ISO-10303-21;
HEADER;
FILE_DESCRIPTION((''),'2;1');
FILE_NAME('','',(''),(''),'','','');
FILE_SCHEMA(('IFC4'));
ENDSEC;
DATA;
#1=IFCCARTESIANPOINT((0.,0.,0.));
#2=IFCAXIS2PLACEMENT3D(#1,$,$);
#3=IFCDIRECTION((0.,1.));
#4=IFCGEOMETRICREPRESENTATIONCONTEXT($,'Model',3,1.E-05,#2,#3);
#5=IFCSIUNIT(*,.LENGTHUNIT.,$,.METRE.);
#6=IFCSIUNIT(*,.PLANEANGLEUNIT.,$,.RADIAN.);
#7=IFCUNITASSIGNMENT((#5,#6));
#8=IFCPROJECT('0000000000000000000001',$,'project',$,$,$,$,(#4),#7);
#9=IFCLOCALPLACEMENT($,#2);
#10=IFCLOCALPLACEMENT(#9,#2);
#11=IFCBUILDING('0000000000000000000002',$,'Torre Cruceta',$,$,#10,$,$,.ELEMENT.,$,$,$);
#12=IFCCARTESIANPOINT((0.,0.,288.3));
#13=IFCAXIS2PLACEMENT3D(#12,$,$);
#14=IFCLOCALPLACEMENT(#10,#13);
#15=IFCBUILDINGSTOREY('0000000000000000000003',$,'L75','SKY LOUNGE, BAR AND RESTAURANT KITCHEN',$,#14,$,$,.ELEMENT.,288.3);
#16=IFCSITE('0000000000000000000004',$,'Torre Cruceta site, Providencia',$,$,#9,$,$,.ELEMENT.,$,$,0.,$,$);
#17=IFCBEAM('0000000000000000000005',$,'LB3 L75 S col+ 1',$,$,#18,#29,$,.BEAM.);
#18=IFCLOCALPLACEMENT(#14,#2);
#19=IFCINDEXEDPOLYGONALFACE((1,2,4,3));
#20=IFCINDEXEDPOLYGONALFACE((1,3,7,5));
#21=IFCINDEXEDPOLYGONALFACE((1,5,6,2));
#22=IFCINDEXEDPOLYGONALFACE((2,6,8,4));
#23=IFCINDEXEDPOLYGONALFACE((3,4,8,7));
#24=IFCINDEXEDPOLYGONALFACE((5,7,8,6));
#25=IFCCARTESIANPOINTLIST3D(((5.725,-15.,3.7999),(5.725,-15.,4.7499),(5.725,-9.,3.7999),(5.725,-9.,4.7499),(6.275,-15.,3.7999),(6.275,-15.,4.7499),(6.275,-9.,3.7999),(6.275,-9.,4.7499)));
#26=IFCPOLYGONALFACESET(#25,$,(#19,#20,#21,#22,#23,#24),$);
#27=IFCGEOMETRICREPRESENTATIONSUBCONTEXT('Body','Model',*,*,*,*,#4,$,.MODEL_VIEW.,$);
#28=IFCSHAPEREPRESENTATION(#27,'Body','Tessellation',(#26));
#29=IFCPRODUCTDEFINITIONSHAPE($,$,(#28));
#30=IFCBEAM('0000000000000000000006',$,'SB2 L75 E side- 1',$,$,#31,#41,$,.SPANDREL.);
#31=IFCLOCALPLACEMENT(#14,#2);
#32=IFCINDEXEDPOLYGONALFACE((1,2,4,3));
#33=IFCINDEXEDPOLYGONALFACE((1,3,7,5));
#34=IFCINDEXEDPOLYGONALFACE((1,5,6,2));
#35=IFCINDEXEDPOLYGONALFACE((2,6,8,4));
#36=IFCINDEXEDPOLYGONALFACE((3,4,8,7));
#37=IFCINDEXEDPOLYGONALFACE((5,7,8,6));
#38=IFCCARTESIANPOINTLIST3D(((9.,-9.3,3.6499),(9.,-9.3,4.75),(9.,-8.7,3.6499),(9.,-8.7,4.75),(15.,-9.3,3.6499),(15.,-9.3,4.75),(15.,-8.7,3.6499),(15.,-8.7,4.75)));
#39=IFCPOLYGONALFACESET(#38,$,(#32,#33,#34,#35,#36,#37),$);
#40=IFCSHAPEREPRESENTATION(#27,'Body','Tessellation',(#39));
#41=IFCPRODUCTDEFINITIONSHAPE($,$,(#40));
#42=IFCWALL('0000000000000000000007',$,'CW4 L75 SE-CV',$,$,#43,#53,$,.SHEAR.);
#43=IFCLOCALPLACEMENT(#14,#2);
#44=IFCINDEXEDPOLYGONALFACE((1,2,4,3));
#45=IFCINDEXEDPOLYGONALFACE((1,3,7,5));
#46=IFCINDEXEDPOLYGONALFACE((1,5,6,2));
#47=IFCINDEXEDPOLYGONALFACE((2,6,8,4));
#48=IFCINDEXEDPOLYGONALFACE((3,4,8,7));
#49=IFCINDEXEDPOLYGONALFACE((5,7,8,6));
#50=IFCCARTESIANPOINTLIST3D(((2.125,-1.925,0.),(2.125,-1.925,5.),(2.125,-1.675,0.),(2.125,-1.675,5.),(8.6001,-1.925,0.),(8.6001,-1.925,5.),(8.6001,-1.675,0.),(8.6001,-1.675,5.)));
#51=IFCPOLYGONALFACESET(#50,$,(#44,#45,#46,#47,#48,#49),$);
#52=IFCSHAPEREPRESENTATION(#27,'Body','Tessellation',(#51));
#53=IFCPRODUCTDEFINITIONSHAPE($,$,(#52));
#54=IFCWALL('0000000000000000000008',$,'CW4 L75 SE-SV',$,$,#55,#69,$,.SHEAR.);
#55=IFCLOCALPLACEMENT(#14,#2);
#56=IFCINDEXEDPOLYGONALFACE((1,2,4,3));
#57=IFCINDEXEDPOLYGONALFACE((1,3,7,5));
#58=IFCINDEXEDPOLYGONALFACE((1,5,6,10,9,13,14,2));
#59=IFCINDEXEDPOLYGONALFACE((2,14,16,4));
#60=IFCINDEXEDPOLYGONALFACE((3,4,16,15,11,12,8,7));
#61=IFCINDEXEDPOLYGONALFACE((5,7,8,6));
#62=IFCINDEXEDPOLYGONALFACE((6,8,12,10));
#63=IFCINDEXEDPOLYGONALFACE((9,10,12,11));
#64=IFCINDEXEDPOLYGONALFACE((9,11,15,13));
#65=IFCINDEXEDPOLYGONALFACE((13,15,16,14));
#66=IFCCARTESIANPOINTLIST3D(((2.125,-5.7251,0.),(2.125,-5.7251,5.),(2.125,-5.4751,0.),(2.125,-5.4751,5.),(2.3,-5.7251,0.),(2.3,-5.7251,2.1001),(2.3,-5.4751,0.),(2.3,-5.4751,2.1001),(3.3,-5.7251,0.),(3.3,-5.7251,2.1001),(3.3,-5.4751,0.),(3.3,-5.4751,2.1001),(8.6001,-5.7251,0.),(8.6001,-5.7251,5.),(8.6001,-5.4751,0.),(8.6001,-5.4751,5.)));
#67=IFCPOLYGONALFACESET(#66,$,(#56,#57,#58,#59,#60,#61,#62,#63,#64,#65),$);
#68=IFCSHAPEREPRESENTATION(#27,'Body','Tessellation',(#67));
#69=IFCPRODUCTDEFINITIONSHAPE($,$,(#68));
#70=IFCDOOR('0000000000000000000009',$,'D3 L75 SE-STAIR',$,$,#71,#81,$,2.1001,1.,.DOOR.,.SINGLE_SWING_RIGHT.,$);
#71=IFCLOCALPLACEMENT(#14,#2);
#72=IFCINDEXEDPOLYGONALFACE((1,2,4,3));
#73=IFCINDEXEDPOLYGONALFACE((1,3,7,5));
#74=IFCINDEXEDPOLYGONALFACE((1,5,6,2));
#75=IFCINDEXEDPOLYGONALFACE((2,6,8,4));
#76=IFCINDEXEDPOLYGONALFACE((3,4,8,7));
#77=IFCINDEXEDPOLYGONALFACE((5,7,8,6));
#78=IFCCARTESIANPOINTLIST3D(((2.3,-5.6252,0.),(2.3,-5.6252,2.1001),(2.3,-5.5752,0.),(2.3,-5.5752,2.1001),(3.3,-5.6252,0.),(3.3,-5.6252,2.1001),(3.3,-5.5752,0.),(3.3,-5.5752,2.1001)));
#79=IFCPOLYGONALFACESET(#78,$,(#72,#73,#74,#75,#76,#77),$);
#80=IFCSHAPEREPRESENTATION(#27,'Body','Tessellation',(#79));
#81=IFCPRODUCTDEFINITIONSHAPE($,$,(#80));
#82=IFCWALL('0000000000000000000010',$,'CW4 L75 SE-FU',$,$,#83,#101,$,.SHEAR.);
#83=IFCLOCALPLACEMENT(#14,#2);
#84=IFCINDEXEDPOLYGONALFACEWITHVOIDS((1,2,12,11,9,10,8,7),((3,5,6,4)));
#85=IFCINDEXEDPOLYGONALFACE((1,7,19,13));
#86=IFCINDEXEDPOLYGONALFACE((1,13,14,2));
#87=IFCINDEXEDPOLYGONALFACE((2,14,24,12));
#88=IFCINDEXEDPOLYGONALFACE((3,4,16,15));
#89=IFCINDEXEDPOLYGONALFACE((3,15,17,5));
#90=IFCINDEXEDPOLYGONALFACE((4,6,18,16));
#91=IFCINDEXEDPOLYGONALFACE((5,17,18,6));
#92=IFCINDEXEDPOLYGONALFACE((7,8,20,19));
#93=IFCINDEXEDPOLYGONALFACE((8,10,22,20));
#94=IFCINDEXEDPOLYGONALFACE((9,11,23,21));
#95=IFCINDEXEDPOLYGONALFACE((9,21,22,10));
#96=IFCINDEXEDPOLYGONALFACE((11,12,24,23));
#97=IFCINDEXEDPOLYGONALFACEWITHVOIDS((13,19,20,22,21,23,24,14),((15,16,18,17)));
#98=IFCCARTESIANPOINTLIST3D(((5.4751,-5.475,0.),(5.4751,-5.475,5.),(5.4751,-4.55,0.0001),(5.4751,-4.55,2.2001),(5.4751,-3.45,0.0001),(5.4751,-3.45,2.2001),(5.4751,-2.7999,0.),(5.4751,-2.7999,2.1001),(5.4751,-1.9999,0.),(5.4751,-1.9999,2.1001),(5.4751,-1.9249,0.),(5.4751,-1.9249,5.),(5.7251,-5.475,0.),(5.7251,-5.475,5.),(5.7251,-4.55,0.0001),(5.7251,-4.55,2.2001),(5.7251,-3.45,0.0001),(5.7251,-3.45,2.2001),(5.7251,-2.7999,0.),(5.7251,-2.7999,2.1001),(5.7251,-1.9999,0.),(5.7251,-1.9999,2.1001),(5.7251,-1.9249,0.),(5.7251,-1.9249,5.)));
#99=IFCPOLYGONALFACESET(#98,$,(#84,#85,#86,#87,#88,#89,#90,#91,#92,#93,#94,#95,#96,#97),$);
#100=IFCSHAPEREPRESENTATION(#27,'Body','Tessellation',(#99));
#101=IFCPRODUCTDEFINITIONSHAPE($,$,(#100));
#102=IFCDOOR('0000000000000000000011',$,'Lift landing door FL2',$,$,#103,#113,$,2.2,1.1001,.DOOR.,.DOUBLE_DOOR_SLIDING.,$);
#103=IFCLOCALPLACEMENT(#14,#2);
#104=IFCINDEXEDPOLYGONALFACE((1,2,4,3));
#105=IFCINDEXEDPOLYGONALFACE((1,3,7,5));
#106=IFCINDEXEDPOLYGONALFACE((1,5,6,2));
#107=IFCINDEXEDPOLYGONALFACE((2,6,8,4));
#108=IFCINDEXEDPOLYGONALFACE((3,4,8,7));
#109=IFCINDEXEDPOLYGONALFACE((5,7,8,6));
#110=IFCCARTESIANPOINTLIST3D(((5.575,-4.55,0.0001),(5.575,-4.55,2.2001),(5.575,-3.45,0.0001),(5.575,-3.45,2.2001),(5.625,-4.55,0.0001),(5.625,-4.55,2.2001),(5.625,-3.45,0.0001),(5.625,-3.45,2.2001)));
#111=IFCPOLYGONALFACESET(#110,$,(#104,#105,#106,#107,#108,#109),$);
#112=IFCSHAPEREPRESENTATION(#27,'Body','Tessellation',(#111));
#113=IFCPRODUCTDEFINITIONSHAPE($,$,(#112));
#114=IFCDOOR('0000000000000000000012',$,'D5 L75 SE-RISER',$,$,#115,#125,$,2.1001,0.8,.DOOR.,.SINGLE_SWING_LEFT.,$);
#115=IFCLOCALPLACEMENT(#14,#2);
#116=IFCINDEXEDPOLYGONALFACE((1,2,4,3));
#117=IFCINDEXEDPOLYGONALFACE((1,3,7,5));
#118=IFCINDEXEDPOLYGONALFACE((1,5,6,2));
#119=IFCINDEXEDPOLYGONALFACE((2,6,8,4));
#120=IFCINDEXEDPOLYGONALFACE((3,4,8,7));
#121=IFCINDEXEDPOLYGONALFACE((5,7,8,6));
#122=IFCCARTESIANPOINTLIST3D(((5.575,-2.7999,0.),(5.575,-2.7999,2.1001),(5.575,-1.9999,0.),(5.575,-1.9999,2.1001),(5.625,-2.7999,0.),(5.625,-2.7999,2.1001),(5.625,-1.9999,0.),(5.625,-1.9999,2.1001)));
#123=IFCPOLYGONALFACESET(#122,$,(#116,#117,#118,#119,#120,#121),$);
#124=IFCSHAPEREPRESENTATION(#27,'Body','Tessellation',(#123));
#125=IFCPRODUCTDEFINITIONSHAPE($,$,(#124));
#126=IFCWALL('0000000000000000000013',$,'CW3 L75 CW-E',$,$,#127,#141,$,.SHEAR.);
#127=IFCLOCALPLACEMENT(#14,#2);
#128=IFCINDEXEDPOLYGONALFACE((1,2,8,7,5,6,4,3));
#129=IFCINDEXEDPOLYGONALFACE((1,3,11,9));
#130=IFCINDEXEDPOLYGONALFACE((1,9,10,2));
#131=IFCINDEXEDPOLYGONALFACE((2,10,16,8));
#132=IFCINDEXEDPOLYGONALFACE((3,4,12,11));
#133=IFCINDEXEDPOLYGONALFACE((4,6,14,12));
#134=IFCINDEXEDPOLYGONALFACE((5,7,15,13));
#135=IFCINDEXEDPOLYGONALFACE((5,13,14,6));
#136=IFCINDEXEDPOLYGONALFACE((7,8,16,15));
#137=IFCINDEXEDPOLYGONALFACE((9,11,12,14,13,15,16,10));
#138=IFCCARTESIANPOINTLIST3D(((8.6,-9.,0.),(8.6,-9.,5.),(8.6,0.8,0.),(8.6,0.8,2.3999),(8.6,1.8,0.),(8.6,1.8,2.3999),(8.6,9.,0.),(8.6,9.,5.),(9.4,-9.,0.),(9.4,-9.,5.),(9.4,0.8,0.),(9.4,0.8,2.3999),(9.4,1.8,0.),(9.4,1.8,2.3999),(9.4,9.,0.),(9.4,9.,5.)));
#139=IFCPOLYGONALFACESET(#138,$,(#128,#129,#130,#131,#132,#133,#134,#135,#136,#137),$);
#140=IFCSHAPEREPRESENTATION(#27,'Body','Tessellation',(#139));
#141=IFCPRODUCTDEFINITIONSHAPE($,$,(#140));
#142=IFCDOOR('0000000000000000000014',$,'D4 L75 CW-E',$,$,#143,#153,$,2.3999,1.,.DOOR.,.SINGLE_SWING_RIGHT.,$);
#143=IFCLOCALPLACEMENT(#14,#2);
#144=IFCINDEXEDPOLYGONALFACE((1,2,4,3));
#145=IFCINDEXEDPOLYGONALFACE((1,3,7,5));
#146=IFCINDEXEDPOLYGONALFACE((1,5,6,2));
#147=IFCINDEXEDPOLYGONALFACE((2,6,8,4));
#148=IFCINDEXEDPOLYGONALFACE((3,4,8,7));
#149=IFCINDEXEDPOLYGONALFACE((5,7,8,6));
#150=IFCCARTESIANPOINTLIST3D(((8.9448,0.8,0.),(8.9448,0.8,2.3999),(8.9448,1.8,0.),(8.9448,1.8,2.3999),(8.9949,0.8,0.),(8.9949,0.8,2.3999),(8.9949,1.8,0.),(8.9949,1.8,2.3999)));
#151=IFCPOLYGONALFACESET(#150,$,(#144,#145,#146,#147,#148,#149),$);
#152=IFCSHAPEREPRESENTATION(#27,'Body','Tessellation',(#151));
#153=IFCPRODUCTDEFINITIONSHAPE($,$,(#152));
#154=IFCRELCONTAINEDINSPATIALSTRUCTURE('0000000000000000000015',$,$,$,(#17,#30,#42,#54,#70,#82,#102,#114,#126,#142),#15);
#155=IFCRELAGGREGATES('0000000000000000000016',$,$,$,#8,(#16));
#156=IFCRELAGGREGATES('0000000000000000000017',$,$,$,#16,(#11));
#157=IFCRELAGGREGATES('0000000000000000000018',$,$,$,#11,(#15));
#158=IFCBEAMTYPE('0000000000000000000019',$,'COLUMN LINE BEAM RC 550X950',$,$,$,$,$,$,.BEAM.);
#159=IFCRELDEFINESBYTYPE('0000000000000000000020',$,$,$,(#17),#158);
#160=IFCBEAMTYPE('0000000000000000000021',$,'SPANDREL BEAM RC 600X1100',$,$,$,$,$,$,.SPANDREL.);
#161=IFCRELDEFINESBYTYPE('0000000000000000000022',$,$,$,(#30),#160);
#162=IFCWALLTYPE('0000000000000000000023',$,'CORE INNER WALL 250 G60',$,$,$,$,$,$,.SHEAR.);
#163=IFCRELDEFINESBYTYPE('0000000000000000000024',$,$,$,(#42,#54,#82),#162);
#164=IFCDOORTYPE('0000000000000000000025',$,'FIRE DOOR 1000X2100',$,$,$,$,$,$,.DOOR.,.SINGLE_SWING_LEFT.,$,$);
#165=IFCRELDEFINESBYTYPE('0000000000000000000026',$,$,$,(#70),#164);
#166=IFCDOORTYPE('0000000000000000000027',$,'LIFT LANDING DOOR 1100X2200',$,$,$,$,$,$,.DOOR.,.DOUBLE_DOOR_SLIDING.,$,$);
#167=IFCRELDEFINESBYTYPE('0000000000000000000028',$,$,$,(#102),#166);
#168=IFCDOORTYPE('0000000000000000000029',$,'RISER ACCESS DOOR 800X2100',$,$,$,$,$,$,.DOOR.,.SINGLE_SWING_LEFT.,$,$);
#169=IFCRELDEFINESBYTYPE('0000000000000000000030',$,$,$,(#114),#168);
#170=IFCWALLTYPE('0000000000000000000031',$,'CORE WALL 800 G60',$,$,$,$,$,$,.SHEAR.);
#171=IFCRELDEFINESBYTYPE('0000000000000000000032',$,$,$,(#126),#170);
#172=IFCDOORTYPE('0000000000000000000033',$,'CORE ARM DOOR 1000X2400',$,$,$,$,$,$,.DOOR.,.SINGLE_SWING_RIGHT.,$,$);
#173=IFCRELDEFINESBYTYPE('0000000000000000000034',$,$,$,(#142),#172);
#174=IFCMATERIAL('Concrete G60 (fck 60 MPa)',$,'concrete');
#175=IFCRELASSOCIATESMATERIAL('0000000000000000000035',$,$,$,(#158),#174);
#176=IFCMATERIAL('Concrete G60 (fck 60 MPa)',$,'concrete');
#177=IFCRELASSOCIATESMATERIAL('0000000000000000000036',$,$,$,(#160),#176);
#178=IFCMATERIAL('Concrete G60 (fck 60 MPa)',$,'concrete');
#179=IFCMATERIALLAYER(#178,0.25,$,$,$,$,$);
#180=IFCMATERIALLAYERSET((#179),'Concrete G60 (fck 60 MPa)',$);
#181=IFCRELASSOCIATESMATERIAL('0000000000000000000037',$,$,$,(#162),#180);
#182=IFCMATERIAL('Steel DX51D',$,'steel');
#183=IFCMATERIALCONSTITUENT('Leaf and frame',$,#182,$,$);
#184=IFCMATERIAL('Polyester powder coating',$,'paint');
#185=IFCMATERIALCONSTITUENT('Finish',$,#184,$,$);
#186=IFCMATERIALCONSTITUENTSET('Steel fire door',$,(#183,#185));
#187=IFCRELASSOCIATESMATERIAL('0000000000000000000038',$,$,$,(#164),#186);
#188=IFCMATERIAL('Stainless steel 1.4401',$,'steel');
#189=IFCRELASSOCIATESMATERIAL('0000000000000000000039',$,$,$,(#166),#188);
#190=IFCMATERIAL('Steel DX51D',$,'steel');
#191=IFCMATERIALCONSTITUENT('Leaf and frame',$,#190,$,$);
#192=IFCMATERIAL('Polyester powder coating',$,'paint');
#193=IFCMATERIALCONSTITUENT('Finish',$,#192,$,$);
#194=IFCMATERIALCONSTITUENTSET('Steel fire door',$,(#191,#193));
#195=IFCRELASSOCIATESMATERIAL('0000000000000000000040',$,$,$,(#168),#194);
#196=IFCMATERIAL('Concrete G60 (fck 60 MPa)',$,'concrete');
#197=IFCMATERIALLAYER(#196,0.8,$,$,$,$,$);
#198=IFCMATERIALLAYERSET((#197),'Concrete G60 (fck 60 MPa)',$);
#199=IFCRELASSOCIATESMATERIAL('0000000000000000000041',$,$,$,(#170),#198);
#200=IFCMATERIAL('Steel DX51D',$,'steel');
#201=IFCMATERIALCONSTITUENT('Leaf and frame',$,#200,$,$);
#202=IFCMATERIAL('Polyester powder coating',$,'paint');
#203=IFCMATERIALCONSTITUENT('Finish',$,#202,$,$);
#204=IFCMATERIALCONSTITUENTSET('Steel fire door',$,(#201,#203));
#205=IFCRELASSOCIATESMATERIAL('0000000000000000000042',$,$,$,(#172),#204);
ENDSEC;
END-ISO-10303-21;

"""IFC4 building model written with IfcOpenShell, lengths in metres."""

from ifc_helpers import new_model, si_unit, direction, frame, frame_2d, origin, origin_2d, place, context, subcontext, project, spatial, rectangle, extrude, material, layer, layer_set, constituent, constituent_set, material_profile, profile_set, type_object, element, fill, save


model = new_model("IFC4")

# Units and contexts
model_context = context("Model", 3, precision=1e-05, world=origin(), true_north=direction((0.0, 1.0)))
body_context = subcontext(model_context, "Body", "Model", "MODEL_VIEW")
ifc_project = project(units=[si_unit("LENGTHUNIT", "METRE"), si_unit("PLANEANGLEUNIT", "RADIAN")], contexts=[model_context])

# Site, building, storey
site_placement = place(None, origin())
site = spatial("IfcSite", under=ifc_project, at=site_placement, Name="Torre Cruceta site, Providencia", CompositionType="ELEMENT", RefElevation=0.0)
building_placement = place(site_placement, origin())
building = spatial("IfcBuilding", under=site, at=building_placement, Name="Torre Cruceta", CompositionType="ELEMENT")
storey_placement = place(building_placement, frame((0.0, 0.0, 288.3)))
storey = spatial("IfcBuildingStorey", under=building, at=storey_placement, Name="L75", Description="SKY LOUNGE, BAR AND RESTAURANT KITCHEN", CompositionType="ELEMENT", Elevation=288.3)

# Beams
ifc_material_1 = material(Name="Concrete G60 (fck 60 MPa)", Category="concrete")
ifc_material_profile_1 = material_profile(ifc_material_1, rectangle(XDim=0.55, YDim=0.95, at=origin_2d()), Name="RC 550X950")
ifc_profile_set_1 = profile_set([ifc_material_profile_1], Name="Concrete G60 (fck 60 MPa)")
beam_type_1 = type_object("IfcBeamType", Name="COLUMN LINE BEAM RC 550X950", PredefinedType="BEAM", material=ifc_profile_set_1)
beam_1_placement = place(storey_placement, frame((6.0, -9.0, 4.2749), z_axis=(0.0, -1.0, 0.0), x_axis=(1.0, 0.0, 0.0)))
element("IfcBeam", 1, at=beam_1_placement, inside=storey, type_object=beam_type_1, Name="LB3 L75 S col+ 1", PredefinedType="BEAM", context=body_context, shape_type="SweptSolid", body=[
    extrude(rectangle(XDim=0.55, YDim=0.95, at=origin_2d()), origin(), (0.0, 0.0, 1.0), 6.0),
])
ifc_material_2 = material(Name="Concrete G60 (fck 60 MPa)", Category="concrete")
ifc_material_profile_2 = material_profile(ifc_material_2, rectangle(XDim=0.6001, YDim=1.1001, at=origin_2d()), Name="RC 600X1100")
ifc_profile_set_2 = profile_set([ifc_material_profile_2], Name="Concrete G60 (fck 60 MPa)")
beam_type_2 = type_object("IfcBeamType", Name="SPANDREL BEAM RC 600X1100", PredefinedType="SPANDREL", material=ifc_profile_set_2)
beam_2_placement = place(storey_placement, frame((9.0, -9.0, 4.2), z_axis=(1.0, 0.0, 0.0), x_axis=(0.0, 1.0, 0.0)))
element("IfcBeam", 2, at=beam_2_placement, inside=storey, type_object=beam_type_2, Name="SB2 L75 E side- 1", PredefinedType="SPANDREL", context=body_context, shape_type="SweptSolid", body=[
    extrude(rectangle(XDim=0.6001, YDim=1.1001, at=origin_2d()), origin(), (0.0, 0.0, 1.0), 6.0),
])

# Wall
ifc_material_3 = material(Name="Concrete G60 (fck 60 MPa)", Category="concrete")
ifc_layer_1 = layer(ifc_material_3, 0.25)
ifc_layer_set_1 = layer_set([ifc_layer_1], Name="Concrete G60 (fck 60 MPa)")
wall_type_1 = type_object("IfcWallType", Name="CORE INNER WALL 250 G60", PredefinedType="SHEAR", material=ifc_layer_set_1)
wall_1_placement = place(storey_placement, frame((2.125, -1.8, 0.0), z_axis=(0.0, 0.0, 1.0), x_axis=(1.0, 0.0, 0.0)))
element("IfcWall", 3, at=wall_1_placement, inside=storey, type_object=wall_type_1, Name="CW4 L75 SE-CV", PredefinedType="SHEAR", context=body_context, shape_type="SweptSolid", body=[
    extrude(rectangle(XDim=6.4751, YDim=0.25, at=frame_2d((3.2375, 0.0))), origin(), (0.0, 0.0, 1.0), 5.0),
])

# Wall, opening, door
wall_2_placement = place(storey_placement, frame((2.125, -5.6001, 0.0), z_axis=(0.0, 0.0, 1.0), x_axis=(1.0, 0.0, 0.0)))
wall_2 = element("IfcWall", 4, at=wall_2_placement, inside=storey, type_object=wall_type_1, Name="CW4 L75 SE-SV", PredefinedType="SHEAR", context=body_context, shape_type="SweptSolid", body=[
    extrude(rectangle(XDim=6.4751, YDim=0.25, at=frame_2d((3.2375, 0.0))), origin(), (0.0, 0.0, 1.0), 5.0),
])
opening_1_placement = place(wall_2_placement, frame((0.175, 0.0, 0.0)))
opening_1 = element("IfcOpeningElement", 5, at=opening_1_placement, cuts=wall_2, PredefinedType="OPENING", context=body_context, shape_type="SweptSolid", body=[
    extrude(rectangle(XDim=1.0, YDim=2.1001, at=frame_2d((0.5, 1.05))), frame((0.0, 0.135, 0.0), z_axis=(0.0, -1.0, 0.0), x_axis=(1.0, 0.0, 0.0)), (0.0, 0.0, 1.0), 0.27),
])
ifc_material_4 = material(Name="Steel DX51D", Category="steel")
ifc_constituent_1 = constituent(ifc_material_4, Name="Leaf and frame")
ifc_material_5 = material(Name="Polyester powder coating", Category="paint")
ifc_constituent_2 = constituent(ifc_material_5, Name="Finish")
ifc_constituent_set_1 = constituent_set(constituents=[ifc_constituent_1, ifc_constituent_2], Name="Steel fire door")
door_type_1 = type_object("IfcDoorType", Name="FIRE DOOR 1000X2100", OperationType="SINGLE_SWING_LEFT", PredefinedType="DOOR", material=ifc_constituent_set_1)
door_1_placement = place(opening_1_placement, frame((1.0, 0.0, 0.0), z_axis=(0.0, 0.0, 1.0), x_axis=(-1.0, 0.0, 0.0)))
door_1 = element("IfcDoor", 6, at=door_1_placement, inside=storey, type_object=door_type_1, Name="D3 L75 SE-STAIR", OperationType="SINGLE_SWING_RIGHT", OverallHeight=2.1001, OverallWidth=1.0, PredefinedType="DOOR", context=body_context, shape_type="SweptSolid", body=[
    extrude(rectangle(XDim=1.0, YDim=2.1001, at=frame_2d((0.5, 1.05))), frame((0.0, 0.0251, 0.0), z_axis=(0.0, -1.0, 0.0), x_axis=(1.0, 0.0, 0.0)), (0.0, 0.0, 1.0), 0.05),
])
fill(opening_1, door_1)

# Wall, openings, doors
wall_3_placement = place(storey_placement, frame((5.6001, -1.925, 0.0), z_axis=(0.0, 0.0, 1.0), x_axis=(0.0, -1.0, 0.0)))
wall_3 = element("IfcWall", 7, at=wall_3_placement, inside=storey, type_object=wall_type_1, Name="CW4 L75 SE-FU", PredefinedType="SHEAR", context=body_context, shape_type="SweptSolid", body=[
    extrude(rectangle(XDim=3.55, YDim=0.25, at=frame_2d((1.7749, 0.0))), origin(), (0.0, 0.0, 1.0), 5.0),
])
opening_2_placement = place(wall_3_placement, frame((1.5249, 0.0, 0.0)))
opening_2 = element("IfcOpeningElement", 8, at=opening_2_placement, cuts=wall_3, PredefinedType="OPENING", context=body_context, shape_type="SweptSolid", body=[
    extrude(rectangle(XDim=1.1001, YDim=2.2, at=frame_2d((0.55, 1.1001))), frame((0.0, 0.135, 0.0), z_axis=(0.0, -1.0, 0.0), x_axis=(1.0, 0.0, 0.0)), (0.0, 0.0, 1.0), 0.27),
])
opening_3_placement = place(wall_3_placement, frame((0.075, 0.0, 0.0)))
opening_3 = element("IfcOpeningElement", 9, at=opening_3_placement, cuts=wall_3, PredefinedType="OPENING", context=body_context, shape_type="SweptSolid", body=[
    extrude(rectangle(XDim=0.8, YDim=2.1001, at=frame_2d((0.3999, 1.05))), frame((0.0, 0.135, 0.0), z_axis=(0.0, -1.0, 0.0), x_axis=(1.0, 0.0, 0.0)), (0.0, 0.0, 1.0), 0.27),
])
ifc_material_6 = material(Name="Stainless steel 1.4401", Category="steel")
door_type_2 = type_object("IfcDoorType", Name="LIFT LANDING DOOR 1100X2200", OperationType="DOUBLE_DOOR_SLIDING", PredefinedType="DOOR", material=ifc_material_6)
door_2_placement = place(opening_2_placement, origin())
door_2 = element("IfcDoor", 10, at=door_2_placement, inside=storey, type_object=door_type_2, Name="Lift landing door FL2", OperationType="DOUBLE_DOOR_SLIDING", OverallHeight=2.2, OverallWidth=1.1001, PredefinedType="DOOR", context=body_context, shape_type="SweptSolid", body=[
    extrude(rectangle(XDim=1.1001, YDim=2.2, at=frame_2d((0.55, 1.1001))), frame((0.0, 0.0249, 0.0), z_axis=(0.0, -1.0, 0.0), x_axis=(1.0, 0.0, 0.0)), (0.0, 0.0, 1.0), 0.05),
])
fill(opening_2, door_2)
ifc_material_7 = material(Name="Steel DX51D", Category="steel")
ifc_constituent_3 = constituent(ifc_material_7, Name="Leaf and frame")
ifc_material_8 = material(Name="Polyester powder coating", Category="paint")
ifc_constituent_4 = constituent(ifc_material_8, Name="Finish")
ifc_constituent_set_2 = constituent_set(constituents=[ifc_constituent_3, ifc_constituent_4], Name="Steel fire door")
door_type_3 = type_object("IfcDoorType", Name="RISER ACCESS DOOR 800X2100", OperationType="SINGLE_SWING_LEFT", PredefinedType="DOOR", material=ifc_constituent_set_2)
door_3_placement = place(opening_3_placement, origin())
door_3 = element("IfcDoor", 11, at=door_3_placement, inside=storey, type_object=door_type_3, Name="D5 L75 SE-RISER", OperationType="SINGLE_SWING_LEFT", OverallHeight=2.1001, OverallWidth=0.8, PredefinedType="DOOR", context=body_context, shape_type="SweptSolid", body=[
    extrude(rectangle(XDim=0.8, YDim=2.1001, at=frame_2d((0.3999, 1.05))), frame((0.0, 0.0249, 0.0), z_axis=(0.0, -1.0, 0.0), x_axis=(1.0, 0.0, 0.0)), (0.0, 0.0, 1.0), 0.05),
])
fill(opening_3, door_3)

# Wall, opening, door
ifc_material_9 = material(Name="Concrete G60 (fck 60 MPa)", Category="concrete")
ifc_layer_2 = layer(ifc_material_9, 0.8)
ifc_layer_set_2 = layer_set([ifc_layer_2], Name="Concrete G60 (fck 60 MPa)")
wall_type_2 = type_object("IfcWallType", Name="CORE WALL 800 G60", PredefinedType="SHEAR", material=ifc_layer_set_2)
wall_4_placement = place(storey_placement, frame((9.0, -9.0, 0.0), z_axis=(0.0, 0.0, 1.0), x_axis=(0.0, 1.0, 0.0)))
wall_4 = element("IfcWall", 12, at=wall_4_placement, inside=storey, type_object=wall_type_2, Name="CW3 L75 CW-E", PredefinedType="SHEAR", context=body_context, shape_type="SweptSolid", body=[
    extrude(rectangle(XDim=18.0, YDim=0.8, at=frame_2d((9.0, 0.0))), origin(), (0.0, 0.0, 1.0), 5.0),
])
opening_4_placement = place(wall_4_placement, frame((9.8, 0.0, 0.0)))
opening_4 = element("IfcOpeningElement", 13, at=opening_4_placement, cuts=wall_4, PredefinedType="OPENING", context=body_context, shape_type="SweptSolid", body=[
    extrude(rectangle(XDim=1.0, YDim=2.3999, at=frame_2d((0.5, 1.2))), frame((0.0, 0.4099, 0.0), z_axis=(0.0, -1.0, 0.0), x_axis=(1.0, 0.0, 0.0)), (0.0, 0.0, 1.0), 0.8201),
])
ifc_material_10 = material(Name="Steel DX51D", Category="steel")
ifc_constituent_5 = constituent(ifc_material_10, Name="Leaf and frame")
ifc_material_11 = material(Name="Polyester powder coating", Category="paint")
ifc_constituent_6 = constituent(ifc_material_11, Name="Finish")
ifc_constituent_set_3 = constituent_set(constituents=[ifc_constituent_5, ifc_constituent_6], Name="Steel fire door")
door_type_4 = type_object("IfcDoorType", Name="CORE ARM DOOR 1000X2400", OperationType="SINGLE_SWING_RIGHT", PredefinedType="DOOR", material=ifc_constituent_set_3)
door_4_placement = place(opening_4_placement, frame((1.0, 0.0, 0.0), z_axis=(0.0, 0.0, 1.0), x_axis=(-1.0, 0.0, 0.0)))
door_4 = element("IfcDoor", 14, at=door_4_placement, inside=storey, type_object=door_type_4, Name="D4 L75 CW-E", OperationType="SINGLE_SWING_RIGHT", OverallHeight=2.3999, OverallWidth=1.0, PredefinedType="DOOR", context=body_context, shape_type="SweptSolid", body=[
    extrude(rectangle(XDim=1.0, YDim=2.3999, at=frame_2d((0.5, 1.2))), frame((0.0, -0.0051, 0.0), z_axis=(0.0, -1.0, 0.0), x_axis=(1.0, 0.0, 0.0)), (0.0, 0.0, 1.0), 0.05),
])
fill(opening_4, door_4)

save(model, "model.ifc")
